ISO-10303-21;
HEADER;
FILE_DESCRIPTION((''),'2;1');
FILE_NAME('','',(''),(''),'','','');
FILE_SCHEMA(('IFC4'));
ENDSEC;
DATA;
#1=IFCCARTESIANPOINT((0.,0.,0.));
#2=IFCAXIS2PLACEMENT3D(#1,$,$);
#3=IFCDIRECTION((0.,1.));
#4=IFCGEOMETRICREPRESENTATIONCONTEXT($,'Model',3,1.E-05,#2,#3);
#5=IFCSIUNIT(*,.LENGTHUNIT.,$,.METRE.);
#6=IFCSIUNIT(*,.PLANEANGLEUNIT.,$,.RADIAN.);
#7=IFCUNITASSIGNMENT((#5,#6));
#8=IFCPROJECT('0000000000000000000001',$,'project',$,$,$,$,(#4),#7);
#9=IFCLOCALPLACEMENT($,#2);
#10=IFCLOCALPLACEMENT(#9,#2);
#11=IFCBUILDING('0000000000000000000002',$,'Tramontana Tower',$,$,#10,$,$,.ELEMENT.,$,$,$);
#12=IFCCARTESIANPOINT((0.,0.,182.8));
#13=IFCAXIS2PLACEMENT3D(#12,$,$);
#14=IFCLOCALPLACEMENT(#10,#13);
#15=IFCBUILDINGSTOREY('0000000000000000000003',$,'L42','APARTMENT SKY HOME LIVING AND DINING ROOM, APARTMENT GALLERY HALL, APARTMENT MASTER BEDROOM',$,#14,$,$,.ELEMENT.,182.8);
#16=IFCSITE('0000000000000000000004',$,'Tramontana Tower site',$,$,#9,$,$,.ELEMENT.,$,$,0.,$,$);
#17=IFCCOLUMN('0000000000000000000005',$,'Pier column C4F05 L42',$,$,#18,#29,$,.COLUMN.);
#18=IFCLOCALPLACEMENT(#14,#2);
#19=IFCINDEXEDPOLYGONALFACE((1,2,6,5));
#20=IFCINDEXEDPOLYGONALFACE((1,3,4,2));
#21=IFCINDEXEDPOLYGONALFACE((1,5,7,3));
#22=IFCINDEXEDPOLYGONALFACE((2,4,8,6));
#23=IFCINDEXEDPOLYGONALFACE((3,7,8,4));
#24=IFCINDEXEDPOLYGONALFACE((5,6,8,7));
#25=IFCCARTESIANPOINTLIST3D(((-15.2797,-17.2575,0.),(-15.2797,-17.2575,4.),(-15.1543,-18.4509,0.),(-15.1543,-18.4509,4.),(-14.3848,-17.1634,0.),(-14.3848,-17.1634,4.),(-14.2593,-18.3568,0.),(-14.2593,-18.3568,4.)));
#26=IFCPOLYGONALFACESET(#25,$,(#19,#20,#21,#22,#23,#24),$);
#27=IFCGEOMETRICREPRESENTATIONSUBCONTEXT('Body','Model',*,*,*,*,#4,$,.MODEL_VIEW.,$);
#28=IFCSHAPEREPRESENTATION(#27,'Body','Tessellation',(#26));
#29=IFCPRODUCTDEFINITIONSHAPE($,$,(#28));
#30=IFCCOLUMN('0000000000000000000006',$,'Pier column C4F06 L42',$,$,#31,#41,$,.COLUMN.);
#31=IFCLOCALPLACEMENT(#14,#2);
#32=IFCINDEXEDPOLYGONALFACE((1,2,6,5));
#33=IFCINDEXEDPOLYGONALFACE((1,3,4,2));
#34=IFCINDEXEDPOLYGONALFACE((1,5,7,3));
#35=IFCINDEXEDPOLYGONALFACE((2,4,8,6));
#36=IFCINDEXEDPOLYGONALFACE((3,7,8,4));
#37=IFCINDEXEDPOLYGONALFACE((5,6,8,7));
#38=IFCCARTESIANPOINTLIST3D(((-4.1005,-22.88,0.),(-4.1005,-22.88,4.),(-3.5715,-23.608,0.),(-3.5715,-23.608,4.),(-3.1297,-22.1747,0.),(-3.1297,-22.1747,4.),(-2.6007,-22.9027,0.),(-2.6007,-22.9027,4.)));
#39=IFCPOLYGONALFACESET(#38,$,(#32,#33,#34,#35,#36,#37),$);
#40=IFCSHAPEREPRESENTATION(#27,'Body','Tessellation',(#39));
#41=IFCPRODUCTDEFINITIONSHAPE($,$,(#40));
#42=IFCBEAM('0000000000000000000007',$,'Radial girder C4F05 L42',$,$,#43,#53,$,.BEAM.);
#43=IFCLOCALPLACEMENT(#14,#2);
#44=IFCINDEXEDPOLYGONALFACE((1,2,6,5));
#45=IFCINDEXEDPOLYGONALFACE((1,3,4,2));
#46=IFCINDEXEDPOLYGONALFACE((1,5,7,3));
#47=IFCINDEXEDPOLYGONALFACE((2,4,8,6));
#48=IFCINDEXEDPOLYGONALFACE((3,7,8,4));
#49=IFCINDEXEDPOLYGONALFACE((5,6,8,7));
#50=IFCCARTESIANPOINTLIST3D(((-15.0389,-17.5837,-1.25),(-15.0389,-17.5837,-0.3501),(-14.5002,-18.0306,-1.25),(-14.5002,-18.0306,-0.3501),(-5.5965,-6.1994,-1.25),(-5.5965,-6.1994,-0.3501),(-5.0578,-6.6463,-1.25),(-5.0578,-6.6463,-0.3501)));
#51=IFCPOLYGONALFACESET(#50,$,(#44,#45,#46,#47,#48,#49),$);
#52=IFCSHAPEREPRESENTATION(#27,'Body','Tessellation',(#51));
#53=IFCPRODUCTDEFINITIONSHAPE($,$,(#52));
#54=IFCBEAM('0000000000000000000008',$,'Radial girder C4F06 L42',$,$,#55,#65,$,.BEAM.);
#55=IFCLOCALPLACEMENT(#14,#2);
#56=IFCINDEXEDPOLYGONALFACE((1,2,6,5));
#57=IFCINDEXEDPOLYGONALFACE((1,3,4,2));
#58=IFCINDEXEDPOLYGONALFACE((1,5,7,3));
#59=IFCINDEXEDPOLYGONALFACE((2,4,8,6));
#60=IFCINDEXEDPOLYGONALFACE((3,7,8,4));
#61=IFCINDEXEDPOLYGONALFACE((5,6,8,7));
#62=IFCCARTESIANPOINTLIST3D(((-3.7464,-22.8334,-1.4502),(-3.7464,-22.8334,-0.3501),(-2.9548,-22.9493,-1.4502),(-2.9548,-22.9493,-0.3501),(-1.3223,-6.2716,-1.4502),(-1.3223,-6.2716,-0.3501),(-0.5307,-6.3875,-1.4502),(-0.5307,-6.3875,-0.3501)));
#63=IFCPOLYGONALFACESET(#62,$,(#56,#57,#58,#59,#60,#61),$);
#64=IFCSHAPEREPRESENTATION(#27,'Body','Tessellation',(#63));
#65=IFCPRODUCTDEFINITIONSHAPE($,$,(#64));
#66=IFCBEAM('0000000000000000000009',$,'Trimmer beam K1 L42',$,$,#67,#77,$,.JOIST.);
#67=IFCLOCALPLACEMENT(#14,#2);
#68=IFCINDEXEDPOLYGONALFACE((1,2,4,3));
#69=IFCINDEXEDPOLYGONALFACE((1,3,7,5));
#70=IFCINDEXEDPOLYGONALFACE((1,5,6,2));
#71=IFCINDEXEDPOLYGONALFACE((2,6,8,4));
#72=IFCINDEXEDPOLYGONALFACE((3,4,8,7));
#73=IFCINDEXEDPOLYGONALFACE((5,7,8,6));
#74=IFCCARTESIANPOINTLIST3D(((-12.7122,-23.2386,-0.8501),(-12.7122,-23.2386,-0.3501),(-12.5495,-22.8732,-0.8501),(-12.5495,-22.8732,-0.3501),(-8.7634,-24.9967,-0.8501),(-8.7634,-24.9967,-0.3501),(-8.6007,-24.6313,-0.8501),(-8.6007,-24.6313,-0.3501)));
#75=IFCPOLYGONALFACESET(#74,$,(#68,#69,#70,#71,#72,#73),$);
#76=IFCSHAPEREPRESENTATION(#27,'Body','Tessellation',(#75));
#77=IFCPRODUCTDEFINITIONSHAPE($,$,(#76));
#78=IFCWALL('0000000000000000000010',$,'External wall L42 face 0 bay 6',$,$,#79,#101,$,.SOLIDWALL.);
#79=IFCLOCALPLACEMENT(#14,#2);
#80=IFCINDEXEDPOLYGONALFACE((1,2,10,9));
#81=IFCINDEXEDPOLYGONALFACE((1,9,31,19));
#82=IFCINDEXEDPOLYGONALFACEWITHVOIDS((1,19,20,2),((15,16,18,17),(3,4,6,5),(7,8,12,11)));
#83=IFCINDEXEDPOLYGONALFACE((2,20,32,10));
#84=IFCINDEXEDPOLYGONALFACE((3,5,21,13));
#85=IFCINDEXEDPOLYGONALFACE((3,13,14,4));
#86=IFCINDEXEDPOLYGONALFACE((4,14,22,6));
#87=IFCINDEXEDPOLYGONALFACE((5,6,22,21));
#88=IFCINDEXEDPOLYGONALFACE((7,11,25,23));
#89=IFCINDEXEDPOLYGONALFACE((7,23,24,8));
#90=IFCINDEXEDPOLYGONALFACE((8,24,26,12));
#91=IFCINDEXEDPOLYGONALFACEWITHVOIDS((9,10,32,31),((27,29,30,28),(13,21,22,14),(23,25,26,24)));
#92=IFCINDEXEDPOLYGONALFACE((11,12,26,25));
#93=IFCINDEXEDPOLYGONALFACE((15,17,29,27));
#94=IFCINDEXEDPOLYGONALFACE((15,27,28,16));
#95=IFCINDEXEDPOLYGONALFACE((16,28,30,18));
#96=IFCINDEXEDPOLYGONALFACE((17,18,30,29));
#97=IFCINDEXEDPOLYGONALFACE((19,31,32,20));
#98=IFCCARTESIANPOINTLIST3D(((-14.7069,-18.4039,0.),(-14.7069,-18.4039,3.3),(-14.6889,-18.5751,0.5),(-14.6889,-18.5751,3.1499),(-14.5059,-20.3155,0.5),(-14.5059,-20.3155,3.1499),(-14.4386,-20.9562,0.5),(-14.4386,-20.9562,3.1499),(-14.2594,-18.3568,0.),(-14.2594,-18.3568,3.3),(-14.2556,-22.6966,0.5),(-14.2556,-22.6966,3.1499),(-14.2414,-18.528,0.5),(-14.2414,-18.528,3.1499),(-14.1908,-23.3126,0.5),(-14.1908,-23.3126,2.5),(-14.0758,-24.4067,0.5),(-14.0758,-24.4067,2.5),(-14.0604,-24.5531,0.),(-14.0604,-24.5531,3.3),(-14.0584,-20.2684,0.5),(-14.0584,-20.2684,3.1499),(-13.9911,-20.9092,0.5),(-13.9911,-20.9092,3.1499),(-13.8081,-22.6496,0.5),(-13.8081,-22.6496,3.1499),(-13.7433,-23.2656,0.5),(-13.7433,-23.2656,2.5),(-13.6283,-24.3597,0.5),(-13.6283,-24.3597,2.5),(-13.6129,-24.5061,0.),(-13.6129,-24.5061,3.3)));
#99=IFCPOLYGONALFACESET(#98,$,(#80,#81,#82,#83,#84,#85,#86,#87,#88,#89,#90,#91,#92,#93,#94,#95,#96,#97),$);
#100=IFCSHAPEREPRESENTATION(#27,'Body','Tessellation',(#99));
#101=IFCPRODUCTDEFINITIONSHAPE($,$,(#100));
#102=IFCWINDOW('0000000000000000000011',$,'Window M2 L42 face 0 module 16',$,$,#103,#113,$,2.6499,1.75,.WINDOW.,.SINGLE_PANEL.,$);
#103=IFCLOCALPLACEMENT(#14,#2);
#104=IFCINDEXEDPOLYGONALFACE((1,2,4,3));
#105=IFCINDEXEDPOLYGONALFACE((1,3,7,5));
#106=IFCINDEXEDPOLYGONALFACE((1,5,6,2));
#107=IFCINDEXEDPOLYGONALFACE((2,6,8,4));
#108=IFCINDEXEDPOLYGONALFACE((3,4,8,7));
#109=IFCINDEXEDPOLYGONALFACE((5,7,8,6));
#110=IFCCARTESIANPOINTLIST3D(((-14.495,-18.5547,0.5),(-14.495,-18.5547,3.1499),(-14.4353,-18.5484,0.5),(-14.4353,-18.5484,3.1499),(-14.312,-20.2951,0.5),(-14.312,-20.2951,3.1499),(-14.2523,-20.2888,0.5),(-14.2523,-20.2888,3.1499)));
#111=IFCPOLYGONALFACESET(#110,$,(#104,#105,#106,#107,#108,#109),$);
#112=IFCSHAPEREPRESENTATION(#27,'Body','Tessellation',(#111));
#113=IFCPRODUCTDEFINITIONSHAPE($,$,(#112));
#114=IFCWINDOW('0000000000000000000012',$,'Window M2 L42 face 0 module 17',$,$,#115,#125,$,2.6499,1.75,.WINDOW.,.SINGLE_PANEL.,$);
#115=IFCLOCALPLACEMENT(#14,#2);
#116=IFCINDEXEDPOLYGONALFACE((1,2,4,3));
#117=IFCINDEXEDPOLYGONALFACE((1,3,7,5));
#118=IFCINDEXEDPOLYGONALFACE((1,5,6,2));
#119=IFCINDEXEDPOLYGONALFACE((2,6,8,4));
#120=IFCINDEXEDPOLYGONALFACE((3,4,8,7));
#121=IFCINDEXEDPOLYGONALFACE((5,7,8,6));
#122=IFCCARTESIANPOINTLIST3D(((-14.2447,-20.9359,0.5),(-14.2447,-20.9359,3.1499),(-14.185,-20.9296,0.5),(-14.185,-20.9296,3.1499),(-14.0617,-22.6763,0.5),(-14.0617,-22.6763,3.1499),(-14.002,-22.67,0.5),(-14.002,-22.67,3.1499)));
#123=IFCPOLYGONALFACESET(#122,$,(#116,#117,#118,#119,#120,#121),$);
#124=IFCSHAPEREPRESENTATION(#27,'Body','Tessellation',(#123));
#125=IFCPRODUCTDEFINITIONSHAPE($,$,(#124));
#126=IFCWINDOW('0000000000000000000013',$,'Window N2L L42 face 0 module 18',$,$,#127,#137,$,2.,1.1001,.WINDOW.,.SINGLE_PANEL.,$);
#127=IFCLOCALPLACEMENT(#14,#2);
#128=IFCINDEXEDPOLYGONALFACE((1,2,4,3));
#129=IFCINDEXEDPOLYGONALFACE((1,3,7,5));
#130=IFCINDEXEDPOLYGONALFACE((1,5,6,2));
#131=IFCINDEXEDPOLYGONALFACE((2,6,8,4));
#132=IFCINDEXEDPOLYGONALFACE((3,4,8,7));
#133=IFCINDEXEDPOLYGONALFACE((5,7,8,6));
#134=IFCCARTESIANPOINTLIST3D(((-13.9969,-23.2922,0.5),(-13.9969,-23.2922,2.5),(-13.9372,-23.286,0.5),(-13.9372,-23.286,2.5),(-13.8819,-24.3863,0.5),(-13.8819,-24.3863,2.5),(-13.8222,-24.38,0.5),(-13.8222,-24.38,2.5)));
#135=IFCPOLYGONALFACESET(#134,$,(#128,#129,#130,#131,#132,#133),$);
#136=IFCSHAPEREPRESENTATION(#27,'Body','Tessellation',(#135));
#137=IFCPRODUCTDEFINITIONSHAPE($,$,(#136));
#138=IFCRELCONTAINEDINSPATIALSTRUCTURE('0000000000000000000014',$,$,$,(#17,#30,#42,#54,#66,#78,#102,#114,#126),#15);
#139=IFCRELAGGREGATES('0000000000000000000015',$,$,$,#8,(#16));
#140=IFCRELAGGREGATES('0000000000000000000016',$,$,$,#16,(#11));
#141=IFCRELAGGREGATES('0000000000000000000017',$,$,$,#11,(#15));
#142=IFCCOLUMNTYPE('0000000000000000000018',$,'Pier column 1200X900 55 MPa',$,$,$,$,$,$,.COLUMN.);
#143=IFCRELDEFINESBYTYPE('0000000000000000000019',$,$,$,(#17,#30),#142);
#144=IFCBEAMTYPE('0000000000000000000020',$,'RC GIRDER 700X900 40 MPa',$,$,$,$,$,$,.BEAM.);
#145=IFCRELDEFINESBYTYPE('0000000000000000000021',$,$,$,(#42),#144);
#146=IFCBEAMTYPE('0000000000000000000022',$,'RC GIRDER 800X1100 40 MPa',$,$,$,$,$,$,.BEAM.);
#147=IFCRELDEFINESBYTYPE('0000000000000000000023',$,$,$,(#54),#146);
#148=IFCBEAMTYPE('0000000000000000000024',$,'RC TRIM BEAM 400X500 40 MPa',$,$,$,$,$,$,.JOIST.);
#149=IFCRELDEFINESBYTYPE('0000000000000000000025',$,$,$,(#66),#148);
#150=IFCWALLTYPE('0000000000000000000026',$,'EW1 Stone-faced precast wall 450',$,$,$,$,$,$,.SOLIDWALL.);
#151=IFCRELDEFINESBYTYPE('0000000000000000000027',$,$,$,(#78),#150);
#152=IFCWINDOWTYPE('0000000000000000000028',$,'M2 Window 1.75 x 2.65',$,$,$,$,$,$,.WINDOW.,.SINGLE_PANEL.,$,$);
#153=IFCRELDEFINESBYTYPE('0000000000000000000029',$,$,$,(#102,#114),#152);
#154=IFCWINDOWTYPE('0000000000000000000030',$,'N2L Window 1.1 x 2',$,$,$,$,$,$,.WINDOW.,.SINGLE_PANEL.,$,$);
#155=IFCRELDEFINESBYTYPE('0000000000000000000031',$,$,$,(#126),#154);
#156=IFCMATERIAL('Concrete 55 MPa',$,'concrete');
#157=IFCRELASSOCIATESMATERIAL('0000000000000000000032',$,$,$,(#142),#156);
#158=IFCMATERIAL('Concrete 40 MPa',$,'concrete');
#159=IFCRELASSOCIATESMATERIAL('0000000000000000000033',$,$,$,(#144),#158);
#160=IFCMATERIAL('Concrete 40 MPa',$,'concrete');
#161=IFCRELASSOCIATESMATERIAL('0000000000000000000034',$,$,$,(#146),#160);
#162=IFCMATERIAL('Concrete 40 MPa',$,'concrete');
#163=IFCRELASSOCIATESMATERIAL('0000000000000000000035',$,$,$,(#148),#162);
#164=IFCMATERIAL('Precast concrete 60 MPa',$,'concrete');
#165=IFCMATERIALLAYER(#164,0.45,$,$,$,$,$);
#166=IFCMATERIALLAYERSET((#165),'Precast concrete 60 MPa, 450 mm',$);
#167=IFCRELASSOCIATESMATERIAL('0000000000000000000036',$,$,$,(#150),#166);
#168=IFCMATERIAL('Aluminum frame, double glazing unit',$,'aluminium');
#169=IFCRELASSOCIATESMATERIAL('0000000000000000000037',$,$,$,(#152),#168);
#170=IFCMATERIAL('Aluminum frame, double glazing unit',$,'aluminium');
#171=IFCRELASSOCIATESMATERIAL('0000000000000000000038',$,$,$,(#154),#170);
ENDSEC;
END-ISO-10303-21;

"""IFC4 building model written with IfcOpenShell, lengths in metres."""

from ifc_helpers import new_model, si_unit, direction, frame, frame_2d, origin, origin_2d, place, context, subcontext, project, spatial, rectangle, extrude, material, layer, layer_set, material_profile, profile_set, type_object, element, fill, save


model = new_model("IFC4")

# Units and contexts
model_context = context("Model", 3, precision=1e-05, world=origin(), true_north=direction((0.0, 1.0)))
body_context = subcontext(model_context, "Body", "Model", "MODEL_VIEW")
ifc_project = project(units=[si_unit("LENGTHUNIT", "METRE"), si_unit("PLANEANGLEUNIT", "RADIAN")], contexts=[model_context])

# Site, building, storey
site_placement = place(None, origin())
site = spatial("IfcSite", under=ifc_project, at=site_placement, Name="Tramontana Tower site", CompositionType="ELEMENT", RefElevation=0.0)
building_placement = place(site_placement, origin())
building = spatial("IfcBuilding", under=site, at=building_placement, Name="Tramontana Tower", CompositionType="ELEMENT")
storey_placement = place(building_placement, frame((0.0, 0.0, 182.8)))
storey = spatial("IfcBuildingStorey", under=building, at=storey_placement, Name="L42", Description="APARTMENT SKY HOME LIVING AND DINING ROOM, APARTMENT GALLERY HALL, APARTMENT MASTER BEDROOM", CompositionType="ELEMENT", Elevation=182.8)

# Columns
ifc_material_1 = material(Name="Concrete 55 MPa", Category="concrete")
ifc_material_profile_1 = material_profile(ifc_material_1, rectangle(XDim=1.2, YDim=0.8999, at=origin_2d()), Name="Pier column 1200X900 55 MPa")
ifc_profile_set_1 = profile_set([ifc_material_profile_1], Name="Concrete 55 MPa")
column_type = type_object("IfcColumnType", Name="Pier column 1200X900 55 MPa", PredefinedType="COLUMN", material=ifc_profile_set_1)
for number, where, z_axis, x_axis, name in (
    (1, (-14.7695, -17.8071, 0.0), (0.0, 0.0, 1.0), (0.104528, -0.994522, 0.0), "Pier column C4F05 L42"),
    (2, (-3.3506, -22.8914, 0.0), (0.0, 0.0, 1.0), (0.809017, 0.587785, 0.0), "Pier column C4F06 L42"),
):
    element("IfcColumn", number, at=place(storey_placement, frame(where, z_axis=z_axis, x_axis=x_axis)), inside=storey, type_object=column_type, Name=name, PredefinedType="COLUMN", context=body_context, shape_type="SweptSolid", body=[
        extrude(rectangle(XDim=1.2, YDim=0.8999, at=origin_2d()), origin(), (0.0, 0.0, 1.0), 4.0),
    ])

# Beams
ifc_material_2 = material(Name="Concrete 40 MPa", Category="concrete")
ifc_material_profile_2 = material_profile(ifc_material_2, rectangle(XDim=0.7, YDim=0.8999, at=origin_2d()), Name="RC GIRDER 700X900 40 MPa")
ifc_profile_set_2 = profile_set([ifc_material_profile_2], Name="Concrete 40 MPa")
beam_type_1 = type_object("IfcBeamType", Name="RC GIRDER 700X900 40 MPa", PredefinedType="BEAM", material=ifc_profile_set_2)
beam_1_placement = place(storey_placement, frame((-14.7695, -17.8071, -0.8), z_axis=(0.638406, 0.769699, 0.0), x_axis=(-0.769699, 0.638406, 0.0)))
element("IfcBeam", 3, at=beam_1_placement, inside=storey, type_object=beam_type_1, Name="Radial girder C4F05 L42", PredefinedType="BEAM", context=body_context, shape_type="SweptSolid", body=[
    extrude(rectangle(XDim=0.7, YDim=0.8999, at=origin_2d()), origin(), (0.0, 0.0, 1.0), 14.7905),
])
ifc_material_3 = material(Name="Concrete 40 MPa", Category="concrete")
ifc_material_profile_3 = material_profile(ifc_material_3, rectangle(XDim=0.8, YDim=1.1001, at=origin_2d()), Name="RC GIRDER 800X1100 40 MPa")
ifc_profile_set_3 = profile_set([ifc_material_profile_3], Name="Concrete 40 MPa")
beam_type_2 = type_object("IfcBeamType", Name="RC GIRDER 800X1100 40 MPa", PredefinedType="BEAM", material=ifc_profile_set_3)
beam_2_placement = place(storey_placement, frame((-3.3506, -22.8914, -0.9001), z_axis=(0.144823, 0.989458, 0.0), x_axis=(-0.989458, 0.144823, 0.0)))
element("IfcBeam", 4, at=beam_2_placement, inside=storey, type_object=beam_type_2, Name="Radial girder C4F06 L42", PredefinedType="BEAM", context=body_context, shape_type="SweptSolid", body=[
    extrude(rectangle(XDim=0.8, YDim=1.1001, at=origin_2d()), origin(), (0.0, 0.0, 1.0), 16.7383),
])
ifc_material_4 = material(Name="Concrete 40 MPa", Category="concrete")
ifc_material_profile_4 = material_profile(ifc_material_4, rectangle(XDim=0.3999, YDim=0.5, at=origin_2d()), Name="RC TRIM BEAM 400X500 40 MPa")
ifc_profile_set_4 = profile_set([ifc_material_profile_4], Name="Concrete 40 MPa")
beam_type_3 = type_object("IfcBeamType", Name="RC TRIM BEAM 400X500 40 MPa", PredefinedType="JOIST", material=ifc_profile_set_4)
beam_3_placement = place(storey_placement, frame((-12.6309, -23.0559, -0.6001), z_axis=(0.913548, -0.406731, 0.0), x_axis=(0.406731, 0.913548, 0.0)))
element("IfcBeam", 5, at=beam_3_placement, inside=storey, type_object=beam_type_3, Name="Trimmer beam K1 L42", PredefinedType="JOIST", context=body_context, shape_type="SweptSolid", body=[
    extrude(rectangle(XDim=0.3999, YDim=0.5, at=origin_2d()), origin(), (0.0, 0.0, 1.0), 4.3225),
])

# Wall, openings, windows
ifc_material_5 = material(Name="Precast concrete 60 MPa", Category="concrete")
ifc_layer_1 = layer(ifc_material_5, 0.45)
ifc_layer_set_1 = layer_set([ifc_layer_1], Name="Precast concrete 60 MPa, 450 mm")
wall_type_1 = type_object("IfcWallType", Name="EW1 Stone-faced precast wall 450", PredefinedType="SOLIDWALL", material=ifc_layer_set_1)
wall_1_placement = place(storey_placement, frame((-14.4832, -18.3804, 0.0), z_axis=(0.0, 0.0, 1.0), x_axis=(0.104557, -0.994519, 0.0)))
wall_1 = element("IfcWall", 6, at=wall_1_placement, inside=storey, type_object=wall_type_1, Name="External wall L42 face 0 bay 6", PredefinedType="SOLIDWALL", context=body_context, shape_type="SweptSolid", body=[
    extrude(rectangle(XDim=6.1831, YDim=0.45, at=frame_2d((3.0916, 0.0))), origin(), (0.0, 0.0, 1.0), 3.3),
])
opening_1_placement = place(wall_1_placement, frame((0.1721, 0.0, 0.5)))
opening_1 = element("IfcOpeningElement", 7, at=opening_1_placement, cuts=wall_1, PredefinedType="OPENING", context=body_context, shape_type="SweptSolid", body=[
    extrude(rectangle(XDim=1.75, YDim=2.6499, at=frame_2d((0.875, 1.325))), frame((0.0, 0.2349, 0.0), z_axis=(0.0, -1.0, 0.0), x_axis=(1.0, 0.0, 0.0)), (0.0, 0.0, 1.0), 0.47),
])
opening_2_placement = place(wall_1_placement, frame((2.5664, 0.0, 0.5)))
opening_2 = element("IfcOpeningElement", 8, at=opening_2_placement, cuts=wall_1, PredefinedType="OPENING", context=body_context, shape_type="SweptSolid", body=[
    extrude(rectangle(XDim=1.75, YDim=2.6499, at=frame_2d((0.875, 1.325))), frame((0.0, 0.2349, 0.0), z_axis=(0.0, -1.0, 0.0), x_axis=(1.0, 0.0, 0.0)), (0.0, 0.0, 1.0), 0.47),
])
opening_3_placement = place(wall_1_placement, frame((4.9358, 0.0, 0.5)))
opening_3 = element("IfcOpeningElement", 9, at=opening_3_placement, cuts=wall_1, PredefinedType="OPENING", context=body_context, shape_type="SweptSolid", body=[
    extrude(rectangle(XDim=1.1001, YDim=2.0, at=frame_2d((0.55, 1.0))), frame((0.0, 0.2349, 0.0), z_axis=(0.0, -1.0, 0.0), x_axis=(1.0, 0.0, 0.0)), (0.0, 0.0, 1.0), 0.47),
])
ifc_material_6 = material(Name="Aluminum frame, double glazing unit", Category="aluminium")
window_type_1 = type_object("IfcWindowType", Name="M2 Window 1.75 x 2.65", PartitioningType="SINGLE_PANEL", PredefinedType="WINDOW", material=ifc_material_6)
window_1_placement = place(opening_1_placement, origin())
window_1 = element("IfcWindow", 10, at=window_1_placement, inside=storey, type_object=window_type_1, Name="Window M2 L42 face 0 module 16", OverallHeight=2.6499, OverallWidth=1.75, PartitioningType="SINGLE_PANEL", PredefinedType="WINDOW", context=body_context, shape_type="SweptSolid", body=[
    extrude(rectangle(XDim=1.75, YDim=2.6499, at=frame_2d((0.875, 1.325))), frame((0.0, 0.03, 0.0), z_axis=(0.0, -1.0, 0.0), x_axis=(1.0, 0.0, 0.0)), (0.0, 0.0, 1.0), 0.0601),
])
fill(opening_1, window_1)
window_2_placement = place(opening_2_placement, origin())
window_2 = element("IfcWindow", 11, at=window_2_placement, inside=storey, type_object=window_type_1, Name="Window M2 L42 face 0 module 17", OverallHeight=2.6499, OverallWidth=1.75, PartitioningType="SINGLE_PANEL", PredefinedType="WINDOW", context=body_context, shape_type="SweptSolid", body=[
    extrude(rectangle(XDim=1.75, YDim=2.6499, at=frame_2d((0.875, 1.325))), frame((0.0, 0.03, 0.0), z_axis=(0.0, -1.0, 0.0), x_axis=(1.0, 0.0, 0.0)), (0.0, 0.0, 1.0), 0.0601),
])
fill(opening_2, window_2)
ifc_material_7 = material(Name="Aluminum frame, double glazing unit", Category="aluminium")
window_type_2 = type_object("IfcWindowType", Name="N2L Window 1.1 x 2", PartitioningType="SINGLE_PANEL", PredefinedType="WINDOW", material=ifc_material_7)
window_3_placement = place(opening_3_placement, origin())
window_3 = element("IfcWindow", 12, at=window_3_placement, inside=storey, type_object=window_type_2, Name="Window N2L L42 face 0 module 18", OverallHeight=2.0, OverallWidth=1.1001, PartitioningType="SINGLE_PANEL", PredefinedType="WINDOW", context=body_context, shape_type="SweptSolid", body=[
    extrude(rectangle(XDim=1.1001, YDim=2.0, at=frame_2d((0.55, 1.0))), frame((0.0, 0.03, 0.0), z_axis=(0.0, -1.0, 0.0), x_axis=(1.0, 0.0, 0.0)), (0.0, 0.0, 1.0), 0.0601),
])
fill(opening_3, window_3)

save(model, "model.ifc")
